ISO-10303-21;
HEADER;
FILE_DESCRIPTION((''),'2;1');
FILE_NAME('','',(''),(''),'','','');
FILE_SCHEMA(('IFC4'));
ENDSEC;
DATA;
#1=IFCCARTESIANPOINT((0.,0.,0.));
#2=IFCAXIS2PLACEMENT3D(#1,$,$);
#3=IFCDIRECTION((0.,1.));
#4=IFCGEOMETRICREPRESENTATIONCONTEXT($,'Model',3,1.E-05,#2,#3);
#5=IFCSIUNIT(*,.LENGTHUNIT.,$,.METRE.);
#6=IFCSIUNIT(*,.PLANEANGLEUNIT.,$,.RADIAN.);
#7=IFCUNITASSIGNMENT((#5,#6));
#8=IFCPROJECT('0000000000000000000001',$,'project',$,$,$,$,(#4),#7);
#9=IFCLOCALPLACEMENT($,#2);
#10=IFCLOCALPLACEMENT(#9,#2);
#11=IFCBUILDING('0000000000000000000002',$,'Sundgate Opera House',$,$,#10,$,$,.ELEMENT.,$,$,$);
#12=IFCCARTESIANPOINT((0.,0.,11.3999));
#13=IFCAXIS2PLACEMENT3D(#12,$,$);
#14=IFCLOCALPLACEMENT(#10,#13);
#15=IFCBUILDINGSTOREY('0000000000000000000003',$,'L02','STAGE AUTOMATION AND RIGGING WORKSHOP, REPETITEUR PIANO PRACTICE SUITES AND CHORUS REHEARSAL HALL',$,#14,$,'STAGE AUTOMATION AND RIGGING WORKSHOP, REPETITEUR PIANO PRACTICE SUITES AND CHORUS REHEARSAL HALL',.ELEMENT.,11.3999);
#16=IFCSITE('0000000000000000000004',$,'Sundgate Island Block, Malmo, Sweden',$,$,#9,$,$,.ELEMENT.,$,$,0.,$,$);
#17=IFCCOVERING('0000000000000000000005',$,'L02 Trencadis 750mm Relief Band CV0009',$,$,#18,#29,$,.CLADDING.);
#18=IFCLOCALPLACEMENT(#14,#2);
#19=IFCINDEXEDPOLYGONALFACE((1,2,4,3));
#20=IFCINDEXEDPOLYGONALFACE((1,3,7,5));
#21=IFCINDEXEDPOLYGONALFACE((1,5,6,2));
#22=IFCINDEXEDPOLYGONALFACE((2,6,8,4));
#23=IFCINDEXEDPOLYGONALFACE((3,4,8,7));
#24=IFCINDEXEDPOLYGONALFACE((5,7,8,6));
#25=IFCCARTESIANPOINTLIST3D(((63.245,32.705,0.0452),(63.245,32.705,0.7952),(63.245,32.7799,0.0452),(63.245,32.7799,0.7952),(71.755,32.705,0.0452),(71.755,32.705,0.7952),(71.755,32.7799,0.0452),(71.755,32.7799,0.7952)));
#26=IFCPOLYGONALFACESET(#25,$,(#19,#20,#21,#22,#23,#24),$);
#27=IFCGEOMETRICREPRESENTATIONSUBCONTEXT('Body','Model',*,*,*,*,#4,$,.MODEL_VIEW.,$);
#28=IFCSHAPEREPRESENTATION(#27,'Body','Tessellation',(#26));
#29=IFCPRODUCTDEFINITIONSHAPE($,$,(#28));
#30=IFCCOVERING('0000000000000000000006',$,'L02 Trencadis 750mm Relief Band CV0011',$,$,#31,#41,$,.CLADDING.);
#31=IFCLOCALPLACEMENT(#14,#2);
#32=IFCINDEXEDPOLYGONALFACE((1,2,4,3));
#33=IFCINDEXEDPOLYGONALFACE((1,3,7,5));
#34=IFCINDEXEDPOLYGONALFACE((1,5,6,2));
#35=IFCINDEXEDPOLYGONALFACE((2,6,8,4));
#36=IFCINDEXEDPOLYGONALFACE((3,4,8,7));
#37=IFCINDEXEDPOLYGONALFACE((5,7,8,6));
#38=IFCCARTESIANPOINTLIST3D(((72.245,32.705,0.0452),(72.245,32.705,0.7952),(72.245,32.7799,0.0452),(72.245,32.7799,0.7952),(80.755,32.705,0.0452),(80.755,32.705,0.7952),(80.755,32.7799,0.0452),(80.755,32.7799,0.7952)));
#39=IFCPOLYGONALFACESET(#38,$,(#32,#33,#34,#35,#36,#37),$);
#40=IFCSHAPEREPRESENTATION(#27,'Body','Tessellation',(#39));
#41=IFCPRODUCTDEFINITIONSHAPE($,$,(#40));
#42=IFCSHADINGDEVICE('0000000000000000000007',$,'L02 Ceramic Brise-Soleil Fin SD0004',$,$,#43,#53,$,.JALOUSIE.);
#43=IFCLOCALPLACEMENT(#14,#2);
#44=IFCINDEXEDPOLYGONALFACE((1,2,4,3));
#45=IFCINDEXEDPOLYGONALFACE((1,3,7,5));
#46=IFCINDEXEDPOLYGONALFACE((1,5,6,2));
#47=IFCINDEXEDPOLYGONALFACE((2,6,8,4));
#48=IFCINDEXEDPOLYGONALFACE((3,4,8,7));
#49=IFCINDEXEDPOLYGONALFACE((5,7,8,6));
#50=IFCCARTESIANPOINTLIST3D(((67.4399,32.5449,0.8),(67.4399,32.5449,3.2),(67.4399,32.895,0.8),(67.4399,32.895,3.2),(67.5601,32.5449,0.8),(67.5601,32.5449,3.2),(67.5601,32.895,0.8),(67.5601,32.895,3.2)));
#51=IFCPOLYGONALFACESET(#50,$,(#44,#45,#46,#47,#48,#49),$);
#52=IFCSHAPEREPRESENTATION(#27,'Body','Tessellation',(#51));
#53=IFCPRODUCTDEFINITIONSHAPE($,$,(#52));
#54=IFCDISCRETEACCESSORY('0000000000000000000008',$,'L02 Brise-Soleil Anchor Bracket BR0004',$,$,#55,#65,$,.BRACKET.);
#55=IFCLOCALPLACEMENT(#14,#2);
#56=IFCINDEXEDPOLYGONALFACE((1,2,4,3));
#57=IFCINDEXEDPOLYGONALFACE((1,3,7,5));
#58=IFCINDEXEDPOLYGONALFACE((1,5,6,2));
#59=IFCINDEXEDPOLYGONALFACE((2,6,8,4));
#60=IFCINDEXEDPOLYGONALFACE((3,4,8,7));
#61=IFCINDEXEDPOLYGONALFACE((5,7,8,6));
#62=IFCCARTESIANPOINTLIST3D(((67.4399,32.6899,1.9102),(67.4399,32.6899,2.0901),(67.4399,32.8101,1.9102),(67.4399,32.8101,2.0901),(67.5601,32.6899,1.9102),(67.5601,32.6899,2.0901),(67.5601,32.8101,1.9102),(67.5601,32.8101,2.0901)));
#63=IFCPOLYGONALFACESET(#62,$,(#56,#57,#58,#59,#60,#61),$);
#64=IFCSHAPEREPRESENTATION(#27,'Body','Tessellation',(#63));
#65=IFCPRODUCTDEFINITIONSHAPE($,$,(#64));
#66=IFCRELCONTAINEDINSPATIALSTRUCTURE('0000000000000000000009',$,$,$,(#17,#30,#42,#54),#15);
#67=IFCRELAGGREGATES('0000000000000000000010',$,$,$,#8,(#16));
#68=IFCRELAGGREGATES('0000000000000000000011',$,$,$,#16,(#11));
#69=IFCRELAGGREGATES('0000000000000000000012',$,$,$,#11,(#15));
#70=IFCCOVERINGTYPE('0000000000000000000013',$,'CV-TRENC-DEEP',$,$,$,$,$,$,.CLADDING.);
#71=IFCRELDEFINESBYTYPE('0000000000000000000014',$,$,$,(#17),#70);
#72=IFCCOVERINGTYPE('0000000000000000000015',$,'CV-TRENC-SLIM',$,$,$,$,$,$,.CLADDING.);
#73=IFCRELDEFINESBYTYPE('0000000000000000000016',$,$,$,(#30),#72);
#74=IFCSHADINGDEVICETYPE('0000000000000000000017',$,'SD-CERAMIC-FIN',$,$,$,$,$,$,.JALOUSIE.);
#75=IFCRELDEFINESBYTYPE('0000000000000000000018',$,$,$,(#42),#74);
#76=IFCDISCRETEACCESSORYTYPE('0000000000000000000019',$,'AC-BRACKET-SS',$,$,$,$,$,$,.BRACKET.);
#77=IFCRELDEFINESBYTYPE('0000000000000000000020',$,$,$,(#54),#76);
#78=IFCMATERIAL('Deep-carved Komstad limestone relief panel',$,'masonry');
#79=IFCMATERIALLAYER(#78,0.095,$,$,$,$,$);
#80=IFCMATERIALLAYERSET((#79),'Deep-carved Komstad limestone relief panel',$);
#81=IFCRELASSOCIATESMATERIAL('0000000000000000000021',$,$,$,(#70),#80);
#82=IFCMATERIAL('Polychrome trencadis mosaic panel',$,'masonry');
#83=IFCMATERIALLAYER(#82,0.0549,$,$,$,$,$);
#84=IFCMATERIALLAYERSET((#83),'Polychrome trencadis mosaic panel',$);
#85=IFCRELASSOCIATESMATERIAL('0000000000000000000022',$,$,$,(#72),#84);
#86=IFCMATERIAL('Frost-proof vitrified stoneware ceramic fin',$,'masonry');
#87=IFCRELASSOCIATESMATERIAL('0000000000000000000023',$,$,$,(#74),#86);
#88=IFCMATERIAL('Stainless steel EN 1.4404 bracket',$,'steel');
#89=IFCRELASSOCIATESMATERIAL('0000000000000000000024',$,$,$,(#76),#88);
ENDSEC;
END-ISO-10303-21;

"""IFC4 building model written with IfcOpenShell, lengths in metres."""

from ifc_helpers import new_model, si_unit, direction, frame, origin, origin_2d, place, context, subcontext, project, spatial, rectangle, extrude, material, layer, layer_set, type_object, element, save


model = new_model("IFC4")

# Units and contexts
model_context = context("Model", 3, precision=1e-05, world=origin(), true_north=direction((0.0, 1.0)))
body_context = subcontext(model_context, "Body", "Model", "MODEL_VIEW")
ifc_project = project(units=[si_unit("LENGTHUNIT", "METRE"), si_unit("PLANEANGLEUNIT", "RADIAN")], contexts=[model_context])

# Site, building, storey
site_placement = place(None, origin())
site = spatial("IfcSite", under=ifc_project, at=site_placement, Name="Sundgate Island Block, Malmo, Sweden", CompositionType="ELEMENT", RefElevation=0.0)
building_placement = place(site_placement, origin())
building = spatial("IfcBuilding", under=site, at=building_placement, Name="Sundgate Opera House", CompositionType="ELEMENT")
storey_placement = place(building_placement, frame((0.0, 0.0, 11.3999)))
storey = spatial("IfcBuildingStorey", under=building, at=storey_placement, Name="L02", Description="STAGE AUTOMATION AND RIGGING WORKSHOP, REPETITEUR PIANO PRACTICE SUITES AND CHORUS REHEARSAL HALL", LongName="STAGE AUTOMATION AND RIGGING WORKSHOP, REPETITEUR PIANO PRACTICE SUITES AND CHORUS REHEARSAL HALL", CompositionType="ELEMENT", Elevation=11.3999)

# Coverings
ifc_material_1 = material(Name="Deep-carved Komstad limestone relief panel", Category="masonry")
ifc_layer_1 = layer(ifc_material_1, 0.095)
ifc_layer_set_1 = layer_set([ifc_layer_1], Name="Deep-carved Komstad limestone relief panel")
covering_type_1 = type_object("IfcCoveringType", Name="CV-TRENC-DEEP", PredefinedType="CLADDING", material=ifc_layer_set_1)
covering_1_placement = place(storey_placement, frame((67.5, 32.7424, 0.0452), z_axis=(0.0, 0.0, 1.0), x_axis=(1.0, 0.0, 0.0)))
element("IfcCovering", 1, at=covering_1_placement, inside=storey, type_object=covering_type_1, Name="L02 Trencadis 750mm Relief Band CV0009", PredefinedType="CLADDING", context=body_context, shape_type="SweptSolid", body=[
    extrude(rectangle(XDim=8.51, YDim=0.075, at=origin_2d()), origin(), (0.0, 0.0, 1.0), 0.75),
])
ifc_material_2 = material(Name="Polychrome trencadis mosaic panel", Category="masonry")
ifc_layer_2 = layer(ifc_material_2, 0.0549)
ifc_layer_set_2 = layer_set([ifc_layer_2], Name="Polychrome trencadis mosaic panel")
covering_type_2 = type_object("IfcCoveringType", Name="CV-TRENC-SLIM", PredefinedType="CLADDING", material=ifc_layer_set_2)
covering_2_placement = place(storey_placement, frame((76.5, 32.7424, 0.0452), z_axis=(0.0, 0.0, 1.0), x_axis=(1.0, 0.0, 0.0)))
element("IfcCovering", 2, at=covering_2_placement, inside=storey, type_object=covering_type_2, Name="L02 Trencadis 750mm Relief Band CV0011", PredefinedType="CLADDING", context=body_context, shape_type="SweptSolid", body=[
    extrude(rectangle(XDim=8.51, YDim=0.075, at=origin_2d()), origin(), (0.0, 0.0, 1.0), 0.75),
])

# Shading device
ifc_material_3 = material(Name="Frost-proof vitrified stoneware ceramic fin", Category="masonry")
shading_device_type = type_object("IfcShadingDeviceType", Name="SD-CERAMIC-FIN", PredefinedType="JALOUSIE", material=ifc_material_3)
shading_device_placement = place(storey_placement, frame((67.5, 32.72, 0.8), z_axis=(0.0, 0.0, 1.0), x_axis=(1.0, 0.0, 0.0)))
element("IfcShadingDevice", 3, at=shading_device_placement, inside=storey, type_object=shading_device_type, Name="L02 Ceramic Brise-Soleil Fin SD0004", PredefinedType="JALOUSIE", context=body_context, shape_type="SweptSolid", body=[
    extrude(rectangle(XDim=0.1201, YDim=0.3501, at=origin_2d()), origin(), (0.0, 0.0, 1.0), 2.3999),
])

# Discrete accessory
ifc_material_4 = material(Name="Stainless steel EN 1.4404 bracket", Category="steel")
discrete_accessory_type = type_object("IfcDiscreteAccessoryType", Name="AC-BRACKET-SS", PredefinedType="BRACKET", material=ifc_material_4)
discrete_accessory_placement = place(storey_placement, frame((67.5, 32.75, 1.9102), z_axis=(0.0, 0.0, 1.0), x_axis=(1.0, 0.0, 0.0)))
element("IfcDiscreteAccessory", 4, at=discrete_accessory_placement, inside=storey, type_object=discrete_accessory_type, Name="L02 Brise-Soleil Anchor Bracket BR0004", PredefinedType="BRACKET", context=body_context, shape_type="SweptSolid", body=[
    extrude(rectangle(XDim=0.1201, YDim=0.1201, at=origin_2d()), origin(), (0.0, 0.0, 1.0), 0.1799),
])

save(model, "model.ifc")
